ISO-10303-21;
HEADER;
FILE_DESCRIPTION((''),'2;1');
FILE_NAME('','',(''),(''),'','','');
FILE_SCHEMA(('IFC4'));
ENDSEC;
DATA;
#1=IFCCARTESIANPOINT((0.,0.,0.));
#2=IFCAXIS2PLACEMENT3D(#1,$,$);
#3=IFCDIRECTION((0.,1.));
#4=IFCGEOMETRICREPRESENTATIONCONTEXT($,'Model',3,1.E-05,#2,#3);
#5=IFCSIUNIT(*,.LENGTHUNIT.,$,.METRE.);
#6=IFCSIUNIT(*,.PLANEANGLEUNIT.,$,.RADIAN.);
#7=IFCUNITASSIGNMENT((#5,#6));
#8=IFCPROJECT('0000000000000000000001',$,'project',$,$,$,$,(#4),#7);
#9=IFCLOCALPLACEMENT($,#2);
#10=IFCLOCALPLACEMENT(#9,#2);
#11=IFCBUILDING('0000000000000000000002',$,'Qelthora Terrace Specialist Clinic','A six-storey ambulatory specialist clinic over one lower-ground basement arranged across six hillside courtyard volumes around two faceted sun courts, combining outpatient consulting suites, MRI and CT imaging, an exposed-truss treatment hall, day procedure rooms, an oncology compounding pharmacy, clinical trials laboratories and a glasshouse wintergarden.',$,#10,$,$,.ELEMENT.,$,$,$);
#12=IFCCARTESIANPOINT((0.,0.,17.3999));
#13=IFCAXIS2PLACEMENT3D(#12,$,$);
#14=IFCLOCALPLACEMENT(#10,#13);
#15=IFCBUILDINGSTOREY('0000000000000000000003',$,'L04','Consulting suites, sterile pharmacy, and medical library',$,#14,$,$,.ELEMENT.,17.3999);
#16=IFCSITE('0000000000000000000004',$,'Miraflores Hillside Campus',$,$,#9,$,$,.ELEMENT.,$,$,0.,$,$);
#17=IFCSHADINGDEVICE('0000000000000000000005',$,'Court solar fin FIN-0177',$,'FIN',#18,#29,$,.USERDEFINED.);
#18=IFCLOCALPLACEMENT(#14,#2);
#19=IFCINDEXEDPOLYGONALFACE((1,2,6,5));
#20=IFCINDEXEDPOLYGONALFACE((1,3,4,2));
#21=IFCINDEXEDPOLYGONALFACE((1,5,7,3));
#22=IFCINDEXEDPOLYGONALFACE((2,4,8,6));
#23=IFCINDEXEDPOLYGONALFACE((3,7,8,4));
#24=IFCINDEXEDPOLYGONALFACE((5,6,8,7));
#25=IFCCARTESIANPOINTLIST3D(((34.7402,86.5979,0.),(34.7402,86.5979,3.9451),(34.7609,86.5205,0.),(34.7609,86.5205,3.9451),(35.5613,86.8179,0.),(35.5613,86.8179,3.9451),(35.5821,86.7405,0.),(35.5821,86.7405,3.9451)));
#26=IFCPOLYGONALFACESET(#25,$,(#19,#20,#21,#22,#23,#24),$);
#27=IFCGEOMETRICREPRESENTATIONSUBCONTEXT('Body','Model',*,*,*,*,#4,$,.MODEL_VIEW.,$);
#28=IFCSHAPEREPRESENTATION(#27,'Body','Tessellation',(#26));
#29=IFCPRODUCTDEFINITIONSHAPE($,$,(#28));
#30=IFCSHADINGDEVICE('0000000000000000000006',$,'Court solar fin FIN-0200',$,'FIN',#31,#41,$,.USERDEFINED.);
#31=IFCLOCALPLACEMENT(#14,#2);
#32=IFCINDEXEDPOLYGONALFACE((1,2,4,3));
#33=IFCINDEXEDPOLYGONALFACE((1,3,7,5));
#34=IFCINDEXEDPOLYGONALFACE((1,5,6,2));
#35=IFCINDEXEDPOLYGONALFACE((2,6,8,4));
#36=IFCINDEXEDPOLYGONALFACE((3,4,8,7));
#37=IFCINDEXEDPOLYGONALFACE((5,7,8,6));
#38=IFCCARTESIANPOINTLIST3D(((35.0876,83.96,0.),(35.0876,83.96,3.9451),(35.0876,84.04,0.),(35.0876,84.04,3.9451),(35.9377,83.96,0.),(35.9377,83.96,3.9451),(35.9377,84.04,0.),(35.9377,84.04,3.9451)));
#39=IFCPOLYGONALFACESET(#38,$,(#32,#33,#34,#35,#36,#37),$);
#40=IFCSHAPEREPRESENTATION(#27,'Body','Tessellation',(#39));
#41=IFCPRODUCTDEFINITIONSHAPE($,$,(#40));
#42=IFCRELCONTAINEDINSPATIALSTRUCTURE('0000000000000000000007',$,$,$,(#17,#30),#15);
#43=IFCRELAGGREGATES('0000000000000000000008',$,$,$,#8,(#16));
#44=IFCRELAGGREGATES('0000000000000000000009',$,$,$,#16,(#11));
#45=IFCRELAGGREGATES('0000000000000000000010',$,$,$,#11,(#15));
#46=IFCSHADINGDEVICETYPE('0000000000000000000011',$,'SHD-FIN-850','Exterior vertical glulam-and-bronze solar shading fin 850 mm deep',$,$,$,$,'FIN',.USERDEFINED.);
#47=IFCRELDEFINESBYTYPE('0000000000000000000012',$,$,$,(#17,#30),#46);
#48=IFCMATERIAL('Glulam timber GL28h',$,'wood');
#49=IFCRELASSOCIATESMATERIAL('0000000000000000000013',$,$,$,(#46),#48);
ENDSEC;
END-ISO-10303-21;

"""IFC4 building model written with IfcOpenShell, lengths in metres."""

from ifc_helpers import new_model, si_unit, direction, frame, origin, origin_2d, place, context, subcontext, project, spatial, rectangle, extrude, material, type_object, element, save


model = new_model("IFC4")

# Units and contexts
model_context = context("Model", 3, precision=1e-05, world=origin(), true_north=direction((0.0, 1.0)))
body_context = subcontext(model_context, "Body", "Model", "MODEL_VIEW")
ifc_project = project(units=[si_unit("LENGTHUNIT", "METRE"), si_unit("PLANEANGLEUNIT", "RADIAN")], contexts=[model_context])

# Site, building, storey
site_placement = place(None, origin())
site = spatial("IfcSite", under=ifc_project, at=site_placement, Name="Miraflores Hillside Campus", CompositionType="ELEMENT", RefElevation=0.0)
building_placement = place(site_placement, origin())
building = spatial("IfcBuilding", under=site, at=building_placement, Name="Qelthora Terrace Specialist Clinic", Description="A six-storey ambulatory specialist clinic over one lower-ground basement arranged across six hillside courtyard volumes around two faceted sun courts, combining outpatient consulting suites, MRI and CT imaging, an exposed-truss treatment hall, day procedure rooms, an oncology compounding pharmacy, clinical trials laboratories and a glasshouse wintergarden.", CompositionType="ELEMENT")
storey_placement = place(building_placement, frame((0.0, 0.0, 17.3999)))
storey = spatial("IfcBuildingStorey", under=building, at=storey_placement, Name="L04", Description="Consulting suites, sterile pharmacy, and medical library", CompositionType="ELEMENT", Elevation=17.3999)

# Shading devices
ifc_material_1 = material(Name="Glulam timber GL28h", Category="wood")
shading_device_type = type_object("IfcShadingDeviceType", Name="SHD-FIN-850", Description="Exterior vertical glulam-and-bronze solar shading fin 850 mm deep", ElementType="FIN", PredefinedType="USERDEFINED", material=ifc_material_1)
for number, where, z_axis, x_axis, name in (
    (1, (35.1611, 86.6692, 0.0), (0.0, 0.0, 1.0), (-0.965926, -0.258819, 0.0), "Court solar fin FIN-0177"),
    (2, (35.5127, 84.0, 0.0), (0.0, 0.0, 1.0), (-1.0, 0.0, 0.0), "Court solar fin FIN-0200"),
):
    element("IfcShadingDevice", number, at=place(storey_placement, frame(where, z_axis=z_axis, x_axis=x_axis)), inside=storey, type_object=shading_device_type, Name=name, ObjectType="FIN", PredefinedType="USERDEFINED", context=body_context, shape_type="SweptSolid", body=[
        extrude(rectangle(XDim=0.8501, YDim=0.0801, at=origin_2d()), origin(), (0.0, 0.0, 1.0), 3.9451),
    ])

save(model, "model.ifc")
